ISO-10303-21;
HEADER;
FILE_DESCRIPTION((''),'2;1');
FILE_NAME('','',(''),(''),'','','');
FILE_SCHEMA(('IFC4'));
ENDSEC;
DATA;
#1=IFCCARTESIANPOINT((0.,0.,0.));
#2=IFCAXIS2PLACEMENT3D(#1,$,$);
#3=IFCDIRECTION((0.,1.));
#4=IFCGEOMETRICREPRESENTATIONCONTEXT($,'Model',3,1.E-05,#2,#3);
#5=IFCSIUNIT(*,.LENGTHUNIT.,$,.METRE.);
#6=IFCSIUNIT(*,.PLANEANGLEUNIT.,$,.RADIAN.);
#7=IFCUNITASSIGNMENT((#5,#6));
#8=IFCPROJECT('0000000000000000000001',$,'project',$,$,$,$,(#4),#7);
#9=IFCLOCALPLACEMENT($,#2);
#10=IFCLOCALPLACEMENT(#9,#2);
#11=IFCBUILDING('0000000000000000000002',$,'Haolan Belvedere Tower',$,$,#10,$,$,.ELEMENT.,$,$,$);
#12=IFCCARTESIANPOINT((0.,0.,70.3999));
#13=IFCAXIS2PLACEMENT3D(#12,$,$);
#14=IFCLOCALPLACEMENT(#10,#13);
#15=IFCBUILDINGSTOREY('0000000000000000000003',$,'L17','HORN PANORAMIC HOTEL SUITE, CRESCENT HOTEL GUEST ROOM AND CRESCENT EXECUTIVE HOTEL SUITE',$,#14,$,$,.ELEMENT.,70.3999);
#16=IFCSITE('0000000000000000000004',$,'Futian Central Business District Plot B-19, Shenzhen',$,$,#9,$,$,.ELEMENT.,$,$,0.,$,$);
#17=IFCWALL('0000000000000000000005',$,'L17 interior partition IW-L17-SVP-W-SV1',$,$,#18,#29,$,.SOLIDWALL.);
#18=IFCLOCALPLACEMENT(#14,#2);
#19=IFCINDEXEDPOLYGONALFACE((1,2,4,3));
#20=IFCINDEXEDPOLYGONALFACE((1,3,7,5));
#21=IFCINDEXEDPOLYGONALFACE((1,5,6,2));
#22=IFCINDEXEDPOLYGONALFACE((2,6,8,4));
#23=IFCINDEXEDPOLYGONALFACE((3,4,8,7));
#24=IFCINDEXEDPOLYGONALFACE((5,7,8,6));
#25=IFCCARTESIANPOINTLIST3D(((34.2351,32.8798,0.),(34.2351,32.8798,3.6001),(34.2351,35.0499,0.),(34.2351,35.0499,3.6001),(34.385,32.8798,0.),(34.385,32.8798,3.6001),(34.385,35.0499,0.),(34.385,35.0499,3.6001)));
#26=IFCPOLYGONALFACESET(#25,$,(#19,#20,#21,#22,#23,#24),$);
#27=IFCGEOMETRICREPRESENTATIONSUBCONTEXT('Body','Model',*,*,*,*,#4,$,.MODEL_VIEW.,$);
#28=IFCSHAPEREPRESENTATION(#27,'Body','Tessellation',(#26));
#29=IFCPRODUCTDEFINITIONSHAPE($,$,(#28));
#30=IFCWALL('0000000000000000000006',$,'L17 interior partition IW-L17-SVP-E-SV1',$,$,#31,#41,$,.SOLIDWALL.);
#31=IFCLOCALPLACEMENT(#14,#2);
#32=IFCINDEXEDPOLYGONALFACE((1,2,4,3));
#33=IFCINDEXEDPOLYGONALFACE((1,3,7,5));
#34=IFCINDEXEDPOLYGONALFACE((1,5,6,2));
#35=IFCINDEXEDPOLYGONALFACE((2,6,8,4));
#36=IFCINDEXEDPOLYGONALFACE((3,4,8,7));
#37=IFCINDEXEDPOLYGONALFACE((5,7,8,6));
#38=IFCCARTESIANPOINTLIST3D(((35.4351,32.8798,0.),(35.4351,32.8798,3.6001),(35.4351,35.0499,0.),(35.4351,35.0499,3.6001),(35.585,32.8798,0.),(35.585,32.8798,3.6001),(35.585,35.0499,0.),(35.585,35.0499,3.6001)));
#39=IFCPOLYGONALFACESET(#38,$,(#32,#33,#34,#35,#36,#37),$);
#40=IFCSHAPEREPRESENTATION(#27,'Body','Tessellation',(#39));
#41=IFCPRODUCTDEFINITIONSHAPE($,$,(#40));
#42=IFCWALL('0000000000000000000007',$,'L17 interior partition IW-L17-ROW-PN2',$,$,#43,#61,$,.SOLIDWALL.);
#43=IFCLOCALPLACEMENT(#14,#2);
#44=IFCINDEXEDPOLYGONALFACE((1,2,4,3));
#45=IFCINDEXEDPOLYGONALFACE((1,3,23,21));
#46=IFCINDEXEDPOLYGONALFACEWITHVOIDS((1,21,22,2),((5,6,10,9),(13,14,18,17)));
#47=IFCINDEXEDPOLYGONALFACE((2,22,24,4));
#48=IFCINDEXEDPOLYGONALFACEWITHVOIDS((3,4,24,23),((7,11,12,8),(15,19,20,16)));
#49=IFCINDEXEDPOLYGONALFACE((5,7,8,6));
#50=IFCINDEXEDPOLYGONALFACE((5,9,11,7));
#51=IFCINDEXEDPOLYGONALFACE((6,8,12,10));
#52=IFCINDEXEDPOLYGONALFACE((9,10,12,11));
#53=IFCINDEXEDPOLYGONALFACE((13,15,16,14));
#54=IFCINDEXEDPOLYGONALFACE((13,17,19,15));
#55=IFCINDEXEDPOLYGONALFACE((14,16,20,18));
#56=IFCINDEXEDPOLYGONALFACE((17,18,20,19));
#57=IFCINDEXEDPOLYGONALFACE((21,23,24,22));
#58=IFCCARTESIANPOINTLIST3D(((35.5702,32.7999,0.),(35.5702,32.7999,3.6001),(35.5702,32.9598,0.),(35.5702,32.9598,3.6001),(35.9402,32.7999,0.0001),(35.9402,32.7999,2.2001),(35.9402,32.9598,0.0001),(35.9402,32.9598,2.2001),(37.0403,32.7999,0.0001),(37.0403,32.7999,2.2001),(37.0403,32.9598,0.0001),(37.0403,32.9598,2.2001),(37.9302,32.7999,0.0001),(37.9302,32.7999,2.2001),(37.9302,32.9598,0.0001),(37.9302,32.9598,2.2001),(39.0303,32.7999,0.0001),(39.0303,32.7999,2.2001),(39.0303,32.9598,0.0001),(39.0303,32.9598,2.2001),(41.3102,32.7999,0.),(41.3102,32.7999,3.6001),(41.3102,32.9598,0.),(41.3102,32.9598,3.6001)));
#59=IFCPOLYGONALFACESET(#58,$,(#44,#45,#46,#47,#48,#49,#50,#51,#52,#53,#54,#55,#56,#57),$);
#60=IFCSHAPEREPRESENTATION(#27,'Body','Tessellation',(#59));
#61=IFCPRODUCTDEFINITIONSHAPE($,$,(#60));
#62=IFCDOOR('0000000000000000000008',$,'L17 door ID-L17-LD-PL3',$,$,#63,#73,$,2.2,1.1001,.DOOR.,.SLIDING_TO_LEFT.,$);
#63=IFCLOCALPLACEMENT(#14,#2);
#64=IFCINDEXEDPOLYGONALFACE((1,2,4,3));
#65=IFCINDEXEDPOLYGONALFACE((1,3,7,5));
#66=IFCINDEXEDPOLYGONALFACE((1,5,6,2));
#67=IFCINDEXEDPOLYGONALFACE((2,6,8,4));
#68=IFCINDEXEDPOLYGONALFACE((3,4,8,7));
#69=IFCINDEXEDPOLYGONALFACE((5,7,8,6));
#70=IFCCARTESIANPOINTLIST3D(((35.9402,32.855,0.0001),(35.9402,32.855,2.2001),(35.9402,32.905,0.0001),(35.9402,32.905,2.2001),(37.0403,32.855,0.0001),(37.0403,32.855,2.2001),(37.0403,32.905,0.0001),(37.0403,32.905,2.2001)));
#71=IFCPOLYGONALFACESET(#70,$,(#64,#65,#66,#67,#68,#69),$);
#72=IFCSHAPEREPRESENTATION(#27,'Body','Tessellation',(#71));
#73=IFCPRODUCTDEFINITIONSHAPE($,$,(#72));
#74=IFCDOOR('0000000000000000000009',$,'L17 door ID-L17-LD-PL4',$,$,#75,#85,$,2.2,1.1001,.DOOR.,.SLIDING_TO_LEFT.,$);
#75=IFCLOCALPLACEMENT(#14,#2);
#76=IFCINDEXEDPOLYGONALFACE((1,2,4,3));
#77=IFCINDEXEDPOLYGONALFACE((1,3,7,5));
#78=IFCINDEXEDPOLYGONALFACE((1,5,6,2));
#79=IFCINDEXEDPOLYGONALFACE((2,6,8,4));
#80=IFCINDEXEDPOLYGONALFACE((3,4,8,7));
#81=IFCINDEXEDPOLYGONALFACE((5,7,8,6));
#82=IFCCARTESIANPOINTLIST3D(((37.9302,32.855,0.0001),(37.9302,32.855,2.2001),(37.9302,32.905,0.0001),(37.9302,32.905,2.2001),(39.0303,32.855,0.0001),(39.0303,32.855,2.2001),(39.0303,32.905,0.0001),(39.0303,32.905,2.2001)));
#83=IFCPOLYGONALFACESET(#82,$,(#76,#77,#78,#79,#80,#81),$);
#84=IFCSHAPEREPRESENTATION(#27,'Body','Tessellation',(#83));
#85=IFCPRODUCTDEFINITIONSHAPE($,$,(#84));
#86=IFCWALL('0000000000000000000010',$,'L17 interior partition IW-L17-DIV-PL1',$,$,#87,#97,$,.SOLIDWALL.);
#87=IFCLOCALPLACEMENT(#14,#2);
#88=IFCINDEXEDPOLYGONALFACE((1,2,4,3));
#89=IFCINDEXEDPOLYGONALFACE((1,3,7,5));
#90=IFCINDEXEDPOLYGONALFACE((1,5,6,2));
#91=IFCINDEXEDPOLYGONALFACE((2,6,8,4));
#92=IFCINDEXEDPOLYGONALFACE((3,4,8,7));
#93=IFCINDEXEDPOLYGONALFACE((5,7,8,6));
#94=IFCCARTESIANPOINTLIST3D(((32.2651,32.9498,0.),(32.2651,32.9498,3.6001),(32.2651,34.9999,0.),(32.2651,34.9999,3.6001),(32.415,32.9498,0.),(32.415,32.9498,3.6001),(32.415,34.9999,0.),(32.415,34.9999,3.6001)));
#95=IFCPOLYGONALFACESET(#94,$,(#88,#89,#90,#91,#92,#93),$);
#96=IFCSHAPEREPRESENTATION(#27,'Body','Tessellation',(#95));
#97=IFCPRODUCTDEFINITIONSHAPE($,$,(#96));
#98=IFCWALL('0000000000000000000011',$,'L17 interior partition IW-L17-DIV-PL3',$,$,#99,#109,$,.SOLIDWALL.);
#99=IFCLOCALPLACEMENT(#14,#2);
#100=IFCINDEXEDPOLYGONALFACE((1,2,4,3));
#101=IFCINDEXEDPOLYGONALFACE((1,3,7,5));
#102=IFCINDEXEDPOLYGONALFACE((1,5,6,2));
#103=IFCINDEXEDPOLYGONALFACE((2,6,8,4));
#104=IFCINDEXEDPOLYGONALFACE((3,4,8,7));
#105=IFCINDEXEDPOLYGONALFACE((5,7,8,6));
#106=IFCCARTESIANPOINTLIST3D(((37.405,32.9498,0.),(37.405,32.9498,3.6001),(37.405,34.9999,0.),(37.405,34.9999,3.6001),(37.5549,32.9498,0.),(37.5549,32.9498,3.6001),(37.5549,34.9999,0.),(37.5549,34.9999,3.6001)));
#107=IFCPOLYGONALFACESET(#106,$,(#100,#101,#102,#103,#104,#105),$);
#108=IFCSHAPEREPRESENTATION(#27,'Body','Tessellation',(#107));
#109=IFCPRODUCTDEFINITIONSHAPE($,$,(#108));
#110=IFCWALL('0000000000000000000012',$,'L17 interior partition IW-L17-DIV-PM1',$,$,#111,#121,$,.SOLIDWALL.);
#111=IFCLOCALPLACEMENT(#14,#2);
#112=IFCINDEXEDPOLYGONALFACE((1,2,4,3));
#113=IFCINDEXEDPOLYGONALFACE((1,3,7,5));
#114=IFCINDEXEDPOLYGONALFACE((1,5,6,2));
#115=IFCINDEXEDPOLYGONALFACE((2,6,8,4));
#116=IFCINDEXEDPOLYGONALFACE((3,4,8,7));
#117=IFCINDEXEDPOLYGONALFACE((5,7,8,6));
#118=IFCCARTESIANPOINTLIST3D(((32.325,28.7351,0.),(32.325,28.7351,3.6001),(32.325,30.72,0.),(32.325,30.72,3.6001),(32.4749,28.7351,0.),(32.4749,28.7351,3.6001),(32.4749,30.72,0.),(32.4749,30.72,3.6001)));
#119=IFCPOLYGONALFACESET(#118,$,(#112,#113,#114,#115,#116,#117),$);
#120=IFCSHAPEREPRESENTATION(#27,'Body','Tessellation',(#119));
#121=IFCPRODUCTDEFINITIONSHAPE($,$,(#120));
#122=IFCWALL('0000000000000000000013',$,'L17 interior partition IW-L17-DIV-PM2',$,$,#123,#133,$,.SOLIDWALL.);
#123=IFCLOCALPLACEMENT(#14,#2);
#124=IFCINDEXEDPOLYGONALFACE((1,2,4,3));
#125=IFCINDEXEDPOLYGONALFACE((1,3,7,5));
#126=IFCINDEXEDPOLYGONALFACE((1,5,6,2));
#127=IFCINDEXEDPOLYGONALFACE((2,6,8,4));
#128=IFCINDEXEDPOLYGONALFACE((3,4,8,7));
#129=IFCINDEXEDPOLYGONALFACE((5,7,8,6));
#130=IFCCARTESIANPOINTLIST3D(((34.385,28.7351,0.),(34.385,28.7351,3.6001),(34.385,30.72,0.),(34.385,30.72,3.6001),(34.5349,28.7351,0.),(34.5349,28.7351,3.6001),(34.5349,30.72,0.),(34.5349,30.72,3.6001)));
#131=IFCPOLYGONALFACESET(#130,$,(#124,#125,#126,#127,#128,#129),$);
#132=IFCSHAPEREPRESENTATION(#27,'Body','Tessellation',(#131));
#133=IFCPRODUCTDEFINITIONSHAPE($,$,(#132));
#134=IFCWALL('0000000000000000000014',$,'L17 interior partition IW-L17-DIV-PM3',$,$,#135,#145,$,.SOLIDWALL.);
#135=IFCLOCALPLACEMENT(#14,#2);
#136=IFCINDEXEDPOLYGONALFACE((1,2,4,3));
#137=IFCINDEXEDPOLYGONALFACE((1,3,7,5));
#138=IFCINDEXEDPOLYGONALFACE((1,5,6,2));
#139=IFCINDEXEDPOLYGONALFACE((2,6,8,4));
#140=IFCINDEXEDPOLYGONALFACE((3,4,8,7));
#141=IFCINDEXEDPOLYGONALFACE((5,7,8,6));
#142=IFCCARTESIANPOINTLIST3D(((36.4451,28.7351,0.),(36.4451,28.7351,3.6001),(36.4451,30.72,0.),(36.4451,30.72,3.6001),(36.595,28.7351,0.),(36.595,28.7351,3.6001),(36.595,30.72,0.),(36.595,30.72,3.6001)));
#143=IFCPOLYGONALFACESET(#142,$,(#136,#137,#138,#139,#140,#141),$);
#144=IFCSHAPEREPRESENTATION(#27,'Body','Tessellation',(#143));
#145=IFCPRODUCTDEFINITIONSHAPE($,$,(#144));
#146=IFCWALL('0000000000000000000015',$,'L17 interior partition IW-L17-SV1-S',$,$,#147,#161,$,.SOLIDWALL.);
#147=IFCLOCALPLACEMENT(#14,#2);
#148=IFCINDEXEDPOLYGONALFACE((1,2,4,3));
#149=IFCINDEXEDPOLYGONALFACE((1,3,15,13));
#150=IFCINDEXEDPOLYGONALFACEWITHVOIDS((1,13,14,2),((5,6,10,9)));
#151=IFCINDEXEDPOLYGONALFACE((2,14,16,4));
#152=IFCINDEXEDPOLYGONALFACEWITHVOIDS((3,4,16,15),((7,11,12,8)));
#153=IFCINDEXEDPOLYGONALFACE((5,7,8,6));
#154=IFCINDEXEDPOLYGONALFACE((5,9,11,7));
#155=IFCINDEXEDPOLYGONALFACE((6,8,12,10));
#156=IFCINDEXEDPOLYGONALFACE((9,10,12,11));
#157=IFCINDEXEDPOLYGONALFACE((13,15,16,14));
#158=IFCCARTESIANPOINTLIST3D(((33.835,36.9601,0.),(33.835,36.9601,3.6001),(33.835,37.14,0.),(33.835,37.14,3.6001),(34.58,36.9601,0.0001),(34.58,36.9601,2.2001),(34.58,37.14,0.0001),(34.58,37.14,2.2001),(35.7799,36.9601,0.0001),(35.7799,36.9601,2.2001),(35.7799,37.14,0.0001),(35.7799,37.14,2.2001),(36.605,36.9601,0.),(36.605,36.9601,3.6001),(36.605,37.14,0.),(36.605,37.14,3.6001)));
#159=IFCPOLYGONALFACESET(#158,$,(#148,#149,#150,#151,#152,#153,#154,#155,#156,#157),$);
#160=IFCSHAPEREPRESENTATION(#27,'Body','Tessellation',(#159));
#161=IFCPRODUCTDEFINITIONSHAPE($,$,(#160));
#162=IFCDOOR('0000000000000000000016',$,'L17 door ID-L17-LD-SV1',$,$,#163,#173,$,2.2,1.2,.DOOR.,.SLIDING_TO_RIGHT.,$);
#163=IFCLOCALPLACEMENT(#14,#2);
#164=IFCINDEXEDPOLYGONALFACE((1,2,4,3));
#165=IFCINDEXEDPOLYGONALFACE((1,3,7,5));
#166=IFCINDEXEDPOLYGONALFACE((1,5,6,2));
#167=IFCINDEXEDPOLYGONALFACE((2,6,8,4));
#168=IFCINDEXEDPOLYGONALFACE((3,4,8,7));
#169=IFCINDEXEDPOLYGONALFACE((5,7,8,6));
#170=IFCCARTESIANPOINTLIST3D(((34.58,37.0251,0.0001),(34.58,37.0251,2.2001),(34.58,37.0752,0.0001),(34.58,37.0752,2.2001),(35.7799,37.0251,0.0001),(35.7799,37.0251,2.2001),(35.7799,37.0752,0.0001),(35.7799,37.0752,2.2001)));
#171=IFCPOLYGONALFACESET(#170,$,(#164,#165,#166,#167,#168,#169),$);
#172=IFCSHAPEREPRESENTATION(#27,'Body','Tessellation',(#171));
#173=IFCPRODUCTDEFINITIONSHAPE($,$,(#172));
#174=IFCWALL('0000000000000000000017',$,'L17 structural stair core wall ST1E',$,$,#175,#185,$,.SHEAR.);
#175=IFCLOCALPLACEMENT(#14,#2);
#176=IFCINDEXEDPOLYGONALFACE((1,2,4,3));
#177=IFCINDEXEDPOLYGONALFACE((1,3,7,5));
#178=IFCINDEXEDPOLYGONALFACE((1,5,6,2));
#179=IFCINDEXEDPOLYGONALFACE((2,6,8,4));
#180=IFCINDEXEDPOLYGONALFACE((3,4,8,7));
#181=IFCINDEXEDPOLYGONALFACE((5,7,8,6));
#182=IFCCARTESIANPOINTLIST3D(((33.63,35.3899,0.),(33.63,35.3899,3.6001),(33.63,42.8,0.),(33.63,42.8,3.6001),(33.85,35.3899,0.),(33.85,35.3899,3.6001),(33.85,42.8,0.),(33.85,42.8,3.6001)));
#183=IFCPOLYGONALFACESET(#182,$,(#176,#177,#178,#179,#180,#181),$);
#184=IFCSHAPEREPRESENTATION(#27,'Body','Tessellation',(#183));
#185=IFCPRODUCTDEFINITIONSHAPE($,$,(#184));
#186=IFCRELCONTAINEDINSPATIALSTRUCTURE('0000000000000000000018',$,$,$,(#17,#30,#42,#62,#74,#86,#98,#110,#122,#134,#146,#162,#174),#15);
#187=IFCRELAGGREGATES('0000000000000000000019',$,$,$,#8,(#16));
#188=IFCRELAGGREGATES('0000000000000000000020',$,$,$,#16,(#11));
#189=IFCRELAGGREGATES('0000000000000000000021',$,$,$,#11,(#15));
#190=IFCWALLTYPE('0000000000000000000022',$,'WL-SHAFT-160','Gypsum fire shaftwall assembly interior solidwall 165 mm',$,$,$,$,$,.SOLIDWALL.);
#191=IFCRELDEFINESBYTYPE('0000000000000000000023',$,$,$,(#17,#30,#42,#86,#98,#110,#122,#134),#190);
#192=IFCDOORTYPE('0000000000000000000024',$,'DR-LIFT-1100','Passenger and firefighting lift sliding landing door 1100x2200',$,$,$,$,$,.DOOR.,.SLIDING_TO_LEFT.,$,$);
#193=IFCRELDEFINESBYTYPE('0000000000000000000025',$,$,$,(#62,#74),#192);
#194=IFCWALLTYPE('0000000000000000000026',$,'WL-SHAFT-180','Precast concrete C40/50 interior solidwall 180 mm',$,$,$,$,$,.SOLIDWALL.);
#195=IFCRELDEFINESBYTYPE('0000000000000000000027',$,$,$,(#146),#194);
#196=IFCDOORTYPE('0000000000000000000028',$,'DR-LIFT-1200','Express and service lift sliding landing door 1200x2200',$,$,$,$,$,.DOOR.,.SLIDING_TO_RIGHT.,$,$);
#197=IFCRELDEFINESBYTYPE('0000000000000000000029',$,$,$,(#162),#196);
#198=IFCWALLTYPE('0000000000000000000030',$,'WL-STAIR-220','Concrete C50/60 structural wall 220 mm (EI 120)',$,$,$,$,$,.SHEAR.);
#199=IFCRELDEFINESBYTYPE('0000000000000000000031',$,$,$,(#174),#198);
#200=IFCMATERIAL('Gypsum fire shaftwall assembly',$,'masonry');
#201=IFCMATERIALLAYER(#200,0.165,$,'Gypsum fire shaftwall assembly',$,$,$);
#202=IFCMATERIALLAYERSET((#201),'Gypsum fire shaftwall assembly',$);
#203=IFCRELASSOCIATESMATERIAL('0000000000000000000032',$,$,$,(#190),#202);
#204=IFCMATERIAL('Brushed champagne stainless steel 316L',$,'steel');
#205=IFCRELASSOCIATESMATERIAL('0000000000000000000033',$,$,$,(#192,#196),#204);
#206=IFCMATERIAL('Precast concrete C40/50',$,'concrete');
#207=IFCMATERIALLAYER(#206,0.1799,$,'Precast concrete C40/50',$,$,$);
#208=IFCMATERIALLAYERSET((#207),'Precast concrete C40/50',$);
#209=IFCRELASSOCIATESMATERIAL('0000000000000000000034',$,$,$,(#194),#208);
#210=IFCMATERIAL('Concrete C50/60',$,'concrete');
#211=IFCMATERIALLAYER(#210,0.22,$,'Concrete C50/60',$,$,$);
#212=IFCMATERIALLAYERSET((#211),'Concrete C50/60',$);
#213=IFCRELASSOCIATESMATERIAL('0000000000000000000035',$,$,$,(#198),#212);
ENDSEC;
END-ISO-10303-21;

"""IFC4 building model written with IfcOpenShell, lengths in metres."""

from ifc_helpers import new_model, si_unit, direction, frame, frame_2d, origin, place, context, subcontext, project, spatial, rectangle, extrude, material, layer, layer_set, type_object, element, fill, save


model = new_model("IFC4")

# Units and contexts
model_context = context("Model", 3, precision=1e-05, world=origin(), true_north=direction((0.0, 1.0)))
body_context = subcontext(model_context, "Body", "Model", "MODEL_VIEW")
ifc_project = project(units=[si_unit("LENGTHUNIT", "METRE"), si_unit("PLANEANGLEUNIT", "RADIAN")], contexts=[model_context])

# Site, building, storey
site_placement = place(None, origin())
site = spatial("IfcSite", under=ifc_project, at=site_placement, Name="Futian Central Business District Plot B-19, Shenzhen", CompositionType="ELEMENT", RefElevation=0.0)
building_placement = place(site_placement, origin())
building = spatial("IfcBuilding", under=site, at=building_placement, Name="Haolan Belvedere Tower", CompositionType="ELEMENT")
storey_placement = place(building_placement, frame((0.0, 0.0, 70.3999)))
storey = spatial("IfcBuildingStorey", under=building, at=storey_placement, Name="L17", Description="HORN PANORAMIC HOTEL SUITE, CRESCENT HOTEL GUEST ROOM AND CRESCENT EXECUTIVE HOTEL SUITE", CompositionType="ELEMENT", Elevation=70.3999)

# Walls
ifc_material_1 = material(Name="Gypsum fire shaftwall assembly", Category="masonry")
ifc_layer_1 = layer(ifc_material_1, 0.165, Name="Gypsum fire shaftwall assembly")
ifc_layer_set_1 = layer_set([ifc_layer_1], Name="Gypsum fire shaftwall assembly")
wall_type_1 = type_object("IfcWallType", Name="WL-SHAFT-160", Description="Gypsum fire shaftwall assembly interior solidwall 165 mm", PredefinedType="SOLIDWALL", material=ifc_layer_set_1)
for number, where, z_axis, x_axis, name in (
    (1, (34.3101, 32.8799, 0.0), (0.0, 0.0, 1.0), (0.0, 1.0, 0.0), "L17 interior partition IW-L17-SVP-W-SV1"),
    (2, (35.51, 32.8799, 0.0), (0.0, 0.0, 1.0), (0.0, 1.0, 0.0), "L17 interior partition IW-L17-SVP-E-SV1"),
):
    element("IfcWall", number, at=place(storey_placement, frame(where, z_axis=z_axis, x_axis=x_axis)), inside=storey, type_object=wall_type_1, Name=name, PredefinedType="SOLIDWALL", context=body_context, shape_type="SweptSolid", body=[
        extrude(rectangle(XDim=2.1702, YDim=0.1499, at=frame_2d((1.085, 0.0))), origin(), (0.0, 0.0, 1.0), 3.6001),
    ])

# Wall, openings, doors
wall_1_placement = place(storey_placement, frame((35.5701, 32.8799, 0.0), z_axis=(0.0, 0.0, 1.0), x_axis=(1.0, 0.0, 0.0)))
wall_1 = element("IfcWall", 3, at=wall_1_placement, inside=storey, type_object=wall_type_1, Name="L17 interior partition IW-L17-ROW-PN2", PredefinedType="SOLIDWALL", context=body_context, shape_type="SweptSolid", body=[
    extrude(rectangle(XDim=5.74, YDim=0.1599, at=frame_2d((2.8701, 0.0))), origin(), (0.0, 0.0, 1.0), 3.6001),
])
opening_1_placement = place(wall_1_placement, frame((1.4702, 0.0, 0.0), z_axis=(0.0, 0.0, 1.0), x_axis=(-1.0, 0.0, 0.0)))
opening_1 = element("IfcOpeningElement", 4, at=opening_1_placement, cuts=wall_1, PredefinedType="OPENING", context=body_context, shape_type="SweptSolid", body=[
    extrude(rectangle(XDim=1.1001, YDim=2.2, at=frame_2d((0.55, 1.1001))), frame((0.0, 0.0898, 0.0), z_axis=(0.0, -1.0, 0.0), x_axis=(1.0, 0.0, 0.0)), (0.0, 0.0, 1.0), 0.1799),
])
opening_2_placement = place(wall_1_placement, frame((3.4602, 0.0, 0.0), z_axis=(0.0, 0.0, 1.0), x_axis=(-1.0, 0.0, 0.0)))
opening_2 = element("IfcOpeningElement", 5, at=opening_2_placement, cuts=wall_1, PredefinedType="OPENING", context=body_context, shape_type="SweptSolid", body=[
    extrude(rectangle(XDim=1.1001, YDim=2.2, at=frame_2d((0.55, 1.1001))), frame((0.0, 0.0898, 0.0), z_axis=(0.0, -1.0, 0.0), x_axis=(1.0, 0.0, 0.0)), (0.0, 0.0, 1.0), 0.1799),
])
ifc_material_2 = material(Name="Brushed champagne stainless steel 316L", Category="steel")
door_type_1 = type_object("IfcDoorType", Name="DR-LIFT-1100", Description="Passenger and firefighting lift sliding landing door 1100x2200", OperationType="SLIDING_TO_LEFT", PredefinedType="DOOR", material=ifc_material_2)
door_1_placement = place(opening_1_placement, origin())
door_1 = element("IfcDoor", 6, at=door_1_placement, inside=storey, type_object=door_type_1, Name="L17 door ID-L17-LD-PL3", OperationType="SLIDING_TO_LEFT", OverallHeight=2.2, OverallWidth=1.1001, PredefinedType="DOOR", context=body_context, shape_type="SweptSolid", body=[
    extrude(rectangle(XDim=1.1001, YDim=2.2, at=frame_2d((0.55, 1.1001))), frame((0.0, 0.0249, 0.0), z_axis=(0.0, -1.0, 0.0), x_axis=(1.0, 0.0, 0.0)), (0.0, 0.0, 1.0), 0.05),
])
fill(opening_1, door_1)
door_2_placement = place(opening_2_placement, origin())
door_2 = element("IfcDoor", 7, at=door_2_placement, inside=storey, type_object=door_type_1, Name="L17 door ID-L17-LD-PL4", OperationType="SLIDING_TO_LEFT", OverallHeight=2.2, OverallWidth=1.1001, PredefinedType="DOOR", context=body_context, shape_type="SweptSolid", body=[
    extrude(rectangle(XDim=1.1001, YDim=2.2, at=frame_2d((0.55, 1.1001))), frame((0.0, 0.0249, 0.0), z_axis=(0.0, -1.0, 0.0), x_axis=(1.0, 0.0, 0.0)), (0.0, 0.0, 1.0), 0.05),
])
fill(opening_2, door_2)

# Walls
for number, where, z_axis, x_axis, name in (
    (8, (32.3401, 32.95, 0.0), (0.0, 0.0, 1.0), (0.0, 1.0, 0.0), "L17 interior partition IW-L17-DIV-PL1"),
    (9, (37.48, 32.95, 0.0), (0.0, 0.0, 1.0), (0.0, 1.0, 0.0), "L17 interior partition IW-L17-DIV-PL3"),
):
    element("IfcWall", number, at=place(storey_placement, frame(where, z_axis=z_axis, x_axis=x_axis)), inside=storey, type_object=wall_type_1, Name=name, PredefinedType="SOLIDWALL", context=body_context, shape_type="SweptSolid", body=[
        extrude(rectangle(XDim=2.05, YDim=0.1499, at=frame_2d((1.0249, 0.0))), origin(), (0.0, 0.0, 1.0), 3.6001),
    ])
for number, where, z_axis, x_axis, name in (
    (10, (32.3999, 28.7351, 0.0), (0.0, 0.0, 1.0), (0.0, 1.0, 0.0), "L17 interior partition IW-L17-DIV-PM1"),
    (11, (34.46, 28.7351, 0.0), (0.0, 0.0, 1.0), (0.0, 1.0, 0.0), "L17 interior partition IW-L17-DIV-PM2"),
    (12, (36.52, 28.7351, 0.0), (0.0, 0.0, 1.0), (0.0, 1.0, 0.0), "L17 interior partition IW-L17-DIV-PM3"),
):
    element("IfcWall", number, at=place(storey_placement, frame(where, z_axis=z_axis, x_axis=x_axis)), inside=storey, type_object=wall_type_1, Name=name, PredefinedType="SOLIDWALL", context=body_context, shape_type="SweptSolid", body=[
        extrude(rectangle(XDim=1.9849, YDim=0.1499, at=frame_2d((0.9924, 0.0))), origin(), (0.0, 0.0, 1.0), 3.6001),
    ])

# Wall, opening, door
ifc_material_3 = material(Name="Precast concrete C40/50", Category="concrete")
ifc_layer_2 = layer(ifc_material_3, 0.1799, Name="Precast concrete C40/50")
ifc_layer_set_2 = layer_set([ifc_layer_2], Name="Precast concrete C40/50")
wall_type_2 = type_object("IfcWallType", Name="WL-SHAFT-180", Description="Precast concrete C40/50 interior solidwall 180 mm", PredefinedType="SOLIDWALL", material=ifc_layer_set_2)
wall_2_placement = place(storey_placement, frame((33.835, 37.05, 0.0), z_axis=(0.0, 0.0, 1.0), x_axis=(1.0, 0.0, 0.0)))
wall_2 = element("IfcWall", 13, at=wall_2_placement, inside=storey, type_object=wall_type_2, Name="L17 interior partition IW-L17-SV1-S", PredefinedType="SOLIDWALL", context=body_context, shape_type="SweptSolid", body=[
    extrude(rectangle(XDim=2.77, YDim=0.1799, at=frame_2d((1.385, 0.0))), origin(), (0.0, 0.0, 1.0), 3.6001),
])
opening_3_placement = place(wall_2_placement, frame((1.9451, 0.0, 0.0), z_axis=(0.0, 0.0, 1.0), x_axis=(-1.0, 0.0, 0.0)))
opening_3 = element("IfcOpeningElement", 14, at=opening_3_placement, cuts=wall_2, PredefinedType="OPENING", context=body_context, shape_type="SweptSolid", body=[
    extrude(rectangle(XDim=1.2, YDim=2.2, at=frame_2d((0.6001, 1.1001))), frame((0.0, 0.0999, 0.0), z_axis=(0.0, -1.0, 0.0), x_axis=(1.0, 0.0, 0.0)), (0.0, 0.0, 1.0), 0.2),
])
door_type_2 = type_object("IfcDoorType", Name="DR-LIFT-1200", Description="Express and service lift sliding landing door 1200x2200", OperationType="SLIDING_TO_RIGHT", PredefinedType="DOOR", material=ifc_material_2)
door_3_placement = place(opening_3_placement, origin())
door_3 = element("IfcDoor", 15, at=door_3_placement, inside=storey, type_object=door_type_2, Name="L17 door ID-L17-LD-SV1", OperationType="SLIDING_TO_RIGHT", OverallHeight=2.2, OverallWidth=1.2, PredefinedType="DOOR", context=body_context, shape_type="SweptSolid", body=[
    extrude(rectangle(XDim=1.2, YDim=2.2, at=frame_2d((0.6001, 1.1001))), frame((0.0, 0.0249, 0.0), z_axis=(0.0, -1.0, 0.0), x_axis=(1.0, 0.0, 0.0)), (0.0, 0.0, 1.0), 0.05),
])
fill(opening_3, door_3)

# Wall
ifc_material_4 = material(Name="Concrete C50/60", Category="concrete")
ifc_layer_3 = layer(ifc_material_4, 0.22, Name="Concrete C50/60")
ifc_layer_set_3 = layer_set([ifc_layer_3], Name="Concrete C50/60")
wall_type_3 = type_object("IfcWallType", Name="WL-STAIR-220", Description="Concrete C50/60 structural wall 220 mm (EI 120)", PredefinedType="SHEAR", material=ifc_layer_set_3)
for number, where, z_axis, x_axis, name in (
    (16, (33.74, 35.3899, 0.0), (0.0, 0.0, 1.0), (0.0, 1.0, 0.0), "L17 structural stair core wall ST1E"),
):
    element("IfcWall", number, at=place(storey_placement, frame(where, z_axis=z_axis, x_axis=x_axis)), inside=storey, type_object=wall_type_3, Name=name, PredefinedType="SHEAR", context=body_context, shape_type="SweptSolid", body=[
        extrude(rectangle(XDim=7.4102, YDim=0.22, at=frame_2d((3.7051, 0.0))), origin(), (0.0, 0.0, 1.0), 3.6001),
    ])

save(model, "model.ifc")
